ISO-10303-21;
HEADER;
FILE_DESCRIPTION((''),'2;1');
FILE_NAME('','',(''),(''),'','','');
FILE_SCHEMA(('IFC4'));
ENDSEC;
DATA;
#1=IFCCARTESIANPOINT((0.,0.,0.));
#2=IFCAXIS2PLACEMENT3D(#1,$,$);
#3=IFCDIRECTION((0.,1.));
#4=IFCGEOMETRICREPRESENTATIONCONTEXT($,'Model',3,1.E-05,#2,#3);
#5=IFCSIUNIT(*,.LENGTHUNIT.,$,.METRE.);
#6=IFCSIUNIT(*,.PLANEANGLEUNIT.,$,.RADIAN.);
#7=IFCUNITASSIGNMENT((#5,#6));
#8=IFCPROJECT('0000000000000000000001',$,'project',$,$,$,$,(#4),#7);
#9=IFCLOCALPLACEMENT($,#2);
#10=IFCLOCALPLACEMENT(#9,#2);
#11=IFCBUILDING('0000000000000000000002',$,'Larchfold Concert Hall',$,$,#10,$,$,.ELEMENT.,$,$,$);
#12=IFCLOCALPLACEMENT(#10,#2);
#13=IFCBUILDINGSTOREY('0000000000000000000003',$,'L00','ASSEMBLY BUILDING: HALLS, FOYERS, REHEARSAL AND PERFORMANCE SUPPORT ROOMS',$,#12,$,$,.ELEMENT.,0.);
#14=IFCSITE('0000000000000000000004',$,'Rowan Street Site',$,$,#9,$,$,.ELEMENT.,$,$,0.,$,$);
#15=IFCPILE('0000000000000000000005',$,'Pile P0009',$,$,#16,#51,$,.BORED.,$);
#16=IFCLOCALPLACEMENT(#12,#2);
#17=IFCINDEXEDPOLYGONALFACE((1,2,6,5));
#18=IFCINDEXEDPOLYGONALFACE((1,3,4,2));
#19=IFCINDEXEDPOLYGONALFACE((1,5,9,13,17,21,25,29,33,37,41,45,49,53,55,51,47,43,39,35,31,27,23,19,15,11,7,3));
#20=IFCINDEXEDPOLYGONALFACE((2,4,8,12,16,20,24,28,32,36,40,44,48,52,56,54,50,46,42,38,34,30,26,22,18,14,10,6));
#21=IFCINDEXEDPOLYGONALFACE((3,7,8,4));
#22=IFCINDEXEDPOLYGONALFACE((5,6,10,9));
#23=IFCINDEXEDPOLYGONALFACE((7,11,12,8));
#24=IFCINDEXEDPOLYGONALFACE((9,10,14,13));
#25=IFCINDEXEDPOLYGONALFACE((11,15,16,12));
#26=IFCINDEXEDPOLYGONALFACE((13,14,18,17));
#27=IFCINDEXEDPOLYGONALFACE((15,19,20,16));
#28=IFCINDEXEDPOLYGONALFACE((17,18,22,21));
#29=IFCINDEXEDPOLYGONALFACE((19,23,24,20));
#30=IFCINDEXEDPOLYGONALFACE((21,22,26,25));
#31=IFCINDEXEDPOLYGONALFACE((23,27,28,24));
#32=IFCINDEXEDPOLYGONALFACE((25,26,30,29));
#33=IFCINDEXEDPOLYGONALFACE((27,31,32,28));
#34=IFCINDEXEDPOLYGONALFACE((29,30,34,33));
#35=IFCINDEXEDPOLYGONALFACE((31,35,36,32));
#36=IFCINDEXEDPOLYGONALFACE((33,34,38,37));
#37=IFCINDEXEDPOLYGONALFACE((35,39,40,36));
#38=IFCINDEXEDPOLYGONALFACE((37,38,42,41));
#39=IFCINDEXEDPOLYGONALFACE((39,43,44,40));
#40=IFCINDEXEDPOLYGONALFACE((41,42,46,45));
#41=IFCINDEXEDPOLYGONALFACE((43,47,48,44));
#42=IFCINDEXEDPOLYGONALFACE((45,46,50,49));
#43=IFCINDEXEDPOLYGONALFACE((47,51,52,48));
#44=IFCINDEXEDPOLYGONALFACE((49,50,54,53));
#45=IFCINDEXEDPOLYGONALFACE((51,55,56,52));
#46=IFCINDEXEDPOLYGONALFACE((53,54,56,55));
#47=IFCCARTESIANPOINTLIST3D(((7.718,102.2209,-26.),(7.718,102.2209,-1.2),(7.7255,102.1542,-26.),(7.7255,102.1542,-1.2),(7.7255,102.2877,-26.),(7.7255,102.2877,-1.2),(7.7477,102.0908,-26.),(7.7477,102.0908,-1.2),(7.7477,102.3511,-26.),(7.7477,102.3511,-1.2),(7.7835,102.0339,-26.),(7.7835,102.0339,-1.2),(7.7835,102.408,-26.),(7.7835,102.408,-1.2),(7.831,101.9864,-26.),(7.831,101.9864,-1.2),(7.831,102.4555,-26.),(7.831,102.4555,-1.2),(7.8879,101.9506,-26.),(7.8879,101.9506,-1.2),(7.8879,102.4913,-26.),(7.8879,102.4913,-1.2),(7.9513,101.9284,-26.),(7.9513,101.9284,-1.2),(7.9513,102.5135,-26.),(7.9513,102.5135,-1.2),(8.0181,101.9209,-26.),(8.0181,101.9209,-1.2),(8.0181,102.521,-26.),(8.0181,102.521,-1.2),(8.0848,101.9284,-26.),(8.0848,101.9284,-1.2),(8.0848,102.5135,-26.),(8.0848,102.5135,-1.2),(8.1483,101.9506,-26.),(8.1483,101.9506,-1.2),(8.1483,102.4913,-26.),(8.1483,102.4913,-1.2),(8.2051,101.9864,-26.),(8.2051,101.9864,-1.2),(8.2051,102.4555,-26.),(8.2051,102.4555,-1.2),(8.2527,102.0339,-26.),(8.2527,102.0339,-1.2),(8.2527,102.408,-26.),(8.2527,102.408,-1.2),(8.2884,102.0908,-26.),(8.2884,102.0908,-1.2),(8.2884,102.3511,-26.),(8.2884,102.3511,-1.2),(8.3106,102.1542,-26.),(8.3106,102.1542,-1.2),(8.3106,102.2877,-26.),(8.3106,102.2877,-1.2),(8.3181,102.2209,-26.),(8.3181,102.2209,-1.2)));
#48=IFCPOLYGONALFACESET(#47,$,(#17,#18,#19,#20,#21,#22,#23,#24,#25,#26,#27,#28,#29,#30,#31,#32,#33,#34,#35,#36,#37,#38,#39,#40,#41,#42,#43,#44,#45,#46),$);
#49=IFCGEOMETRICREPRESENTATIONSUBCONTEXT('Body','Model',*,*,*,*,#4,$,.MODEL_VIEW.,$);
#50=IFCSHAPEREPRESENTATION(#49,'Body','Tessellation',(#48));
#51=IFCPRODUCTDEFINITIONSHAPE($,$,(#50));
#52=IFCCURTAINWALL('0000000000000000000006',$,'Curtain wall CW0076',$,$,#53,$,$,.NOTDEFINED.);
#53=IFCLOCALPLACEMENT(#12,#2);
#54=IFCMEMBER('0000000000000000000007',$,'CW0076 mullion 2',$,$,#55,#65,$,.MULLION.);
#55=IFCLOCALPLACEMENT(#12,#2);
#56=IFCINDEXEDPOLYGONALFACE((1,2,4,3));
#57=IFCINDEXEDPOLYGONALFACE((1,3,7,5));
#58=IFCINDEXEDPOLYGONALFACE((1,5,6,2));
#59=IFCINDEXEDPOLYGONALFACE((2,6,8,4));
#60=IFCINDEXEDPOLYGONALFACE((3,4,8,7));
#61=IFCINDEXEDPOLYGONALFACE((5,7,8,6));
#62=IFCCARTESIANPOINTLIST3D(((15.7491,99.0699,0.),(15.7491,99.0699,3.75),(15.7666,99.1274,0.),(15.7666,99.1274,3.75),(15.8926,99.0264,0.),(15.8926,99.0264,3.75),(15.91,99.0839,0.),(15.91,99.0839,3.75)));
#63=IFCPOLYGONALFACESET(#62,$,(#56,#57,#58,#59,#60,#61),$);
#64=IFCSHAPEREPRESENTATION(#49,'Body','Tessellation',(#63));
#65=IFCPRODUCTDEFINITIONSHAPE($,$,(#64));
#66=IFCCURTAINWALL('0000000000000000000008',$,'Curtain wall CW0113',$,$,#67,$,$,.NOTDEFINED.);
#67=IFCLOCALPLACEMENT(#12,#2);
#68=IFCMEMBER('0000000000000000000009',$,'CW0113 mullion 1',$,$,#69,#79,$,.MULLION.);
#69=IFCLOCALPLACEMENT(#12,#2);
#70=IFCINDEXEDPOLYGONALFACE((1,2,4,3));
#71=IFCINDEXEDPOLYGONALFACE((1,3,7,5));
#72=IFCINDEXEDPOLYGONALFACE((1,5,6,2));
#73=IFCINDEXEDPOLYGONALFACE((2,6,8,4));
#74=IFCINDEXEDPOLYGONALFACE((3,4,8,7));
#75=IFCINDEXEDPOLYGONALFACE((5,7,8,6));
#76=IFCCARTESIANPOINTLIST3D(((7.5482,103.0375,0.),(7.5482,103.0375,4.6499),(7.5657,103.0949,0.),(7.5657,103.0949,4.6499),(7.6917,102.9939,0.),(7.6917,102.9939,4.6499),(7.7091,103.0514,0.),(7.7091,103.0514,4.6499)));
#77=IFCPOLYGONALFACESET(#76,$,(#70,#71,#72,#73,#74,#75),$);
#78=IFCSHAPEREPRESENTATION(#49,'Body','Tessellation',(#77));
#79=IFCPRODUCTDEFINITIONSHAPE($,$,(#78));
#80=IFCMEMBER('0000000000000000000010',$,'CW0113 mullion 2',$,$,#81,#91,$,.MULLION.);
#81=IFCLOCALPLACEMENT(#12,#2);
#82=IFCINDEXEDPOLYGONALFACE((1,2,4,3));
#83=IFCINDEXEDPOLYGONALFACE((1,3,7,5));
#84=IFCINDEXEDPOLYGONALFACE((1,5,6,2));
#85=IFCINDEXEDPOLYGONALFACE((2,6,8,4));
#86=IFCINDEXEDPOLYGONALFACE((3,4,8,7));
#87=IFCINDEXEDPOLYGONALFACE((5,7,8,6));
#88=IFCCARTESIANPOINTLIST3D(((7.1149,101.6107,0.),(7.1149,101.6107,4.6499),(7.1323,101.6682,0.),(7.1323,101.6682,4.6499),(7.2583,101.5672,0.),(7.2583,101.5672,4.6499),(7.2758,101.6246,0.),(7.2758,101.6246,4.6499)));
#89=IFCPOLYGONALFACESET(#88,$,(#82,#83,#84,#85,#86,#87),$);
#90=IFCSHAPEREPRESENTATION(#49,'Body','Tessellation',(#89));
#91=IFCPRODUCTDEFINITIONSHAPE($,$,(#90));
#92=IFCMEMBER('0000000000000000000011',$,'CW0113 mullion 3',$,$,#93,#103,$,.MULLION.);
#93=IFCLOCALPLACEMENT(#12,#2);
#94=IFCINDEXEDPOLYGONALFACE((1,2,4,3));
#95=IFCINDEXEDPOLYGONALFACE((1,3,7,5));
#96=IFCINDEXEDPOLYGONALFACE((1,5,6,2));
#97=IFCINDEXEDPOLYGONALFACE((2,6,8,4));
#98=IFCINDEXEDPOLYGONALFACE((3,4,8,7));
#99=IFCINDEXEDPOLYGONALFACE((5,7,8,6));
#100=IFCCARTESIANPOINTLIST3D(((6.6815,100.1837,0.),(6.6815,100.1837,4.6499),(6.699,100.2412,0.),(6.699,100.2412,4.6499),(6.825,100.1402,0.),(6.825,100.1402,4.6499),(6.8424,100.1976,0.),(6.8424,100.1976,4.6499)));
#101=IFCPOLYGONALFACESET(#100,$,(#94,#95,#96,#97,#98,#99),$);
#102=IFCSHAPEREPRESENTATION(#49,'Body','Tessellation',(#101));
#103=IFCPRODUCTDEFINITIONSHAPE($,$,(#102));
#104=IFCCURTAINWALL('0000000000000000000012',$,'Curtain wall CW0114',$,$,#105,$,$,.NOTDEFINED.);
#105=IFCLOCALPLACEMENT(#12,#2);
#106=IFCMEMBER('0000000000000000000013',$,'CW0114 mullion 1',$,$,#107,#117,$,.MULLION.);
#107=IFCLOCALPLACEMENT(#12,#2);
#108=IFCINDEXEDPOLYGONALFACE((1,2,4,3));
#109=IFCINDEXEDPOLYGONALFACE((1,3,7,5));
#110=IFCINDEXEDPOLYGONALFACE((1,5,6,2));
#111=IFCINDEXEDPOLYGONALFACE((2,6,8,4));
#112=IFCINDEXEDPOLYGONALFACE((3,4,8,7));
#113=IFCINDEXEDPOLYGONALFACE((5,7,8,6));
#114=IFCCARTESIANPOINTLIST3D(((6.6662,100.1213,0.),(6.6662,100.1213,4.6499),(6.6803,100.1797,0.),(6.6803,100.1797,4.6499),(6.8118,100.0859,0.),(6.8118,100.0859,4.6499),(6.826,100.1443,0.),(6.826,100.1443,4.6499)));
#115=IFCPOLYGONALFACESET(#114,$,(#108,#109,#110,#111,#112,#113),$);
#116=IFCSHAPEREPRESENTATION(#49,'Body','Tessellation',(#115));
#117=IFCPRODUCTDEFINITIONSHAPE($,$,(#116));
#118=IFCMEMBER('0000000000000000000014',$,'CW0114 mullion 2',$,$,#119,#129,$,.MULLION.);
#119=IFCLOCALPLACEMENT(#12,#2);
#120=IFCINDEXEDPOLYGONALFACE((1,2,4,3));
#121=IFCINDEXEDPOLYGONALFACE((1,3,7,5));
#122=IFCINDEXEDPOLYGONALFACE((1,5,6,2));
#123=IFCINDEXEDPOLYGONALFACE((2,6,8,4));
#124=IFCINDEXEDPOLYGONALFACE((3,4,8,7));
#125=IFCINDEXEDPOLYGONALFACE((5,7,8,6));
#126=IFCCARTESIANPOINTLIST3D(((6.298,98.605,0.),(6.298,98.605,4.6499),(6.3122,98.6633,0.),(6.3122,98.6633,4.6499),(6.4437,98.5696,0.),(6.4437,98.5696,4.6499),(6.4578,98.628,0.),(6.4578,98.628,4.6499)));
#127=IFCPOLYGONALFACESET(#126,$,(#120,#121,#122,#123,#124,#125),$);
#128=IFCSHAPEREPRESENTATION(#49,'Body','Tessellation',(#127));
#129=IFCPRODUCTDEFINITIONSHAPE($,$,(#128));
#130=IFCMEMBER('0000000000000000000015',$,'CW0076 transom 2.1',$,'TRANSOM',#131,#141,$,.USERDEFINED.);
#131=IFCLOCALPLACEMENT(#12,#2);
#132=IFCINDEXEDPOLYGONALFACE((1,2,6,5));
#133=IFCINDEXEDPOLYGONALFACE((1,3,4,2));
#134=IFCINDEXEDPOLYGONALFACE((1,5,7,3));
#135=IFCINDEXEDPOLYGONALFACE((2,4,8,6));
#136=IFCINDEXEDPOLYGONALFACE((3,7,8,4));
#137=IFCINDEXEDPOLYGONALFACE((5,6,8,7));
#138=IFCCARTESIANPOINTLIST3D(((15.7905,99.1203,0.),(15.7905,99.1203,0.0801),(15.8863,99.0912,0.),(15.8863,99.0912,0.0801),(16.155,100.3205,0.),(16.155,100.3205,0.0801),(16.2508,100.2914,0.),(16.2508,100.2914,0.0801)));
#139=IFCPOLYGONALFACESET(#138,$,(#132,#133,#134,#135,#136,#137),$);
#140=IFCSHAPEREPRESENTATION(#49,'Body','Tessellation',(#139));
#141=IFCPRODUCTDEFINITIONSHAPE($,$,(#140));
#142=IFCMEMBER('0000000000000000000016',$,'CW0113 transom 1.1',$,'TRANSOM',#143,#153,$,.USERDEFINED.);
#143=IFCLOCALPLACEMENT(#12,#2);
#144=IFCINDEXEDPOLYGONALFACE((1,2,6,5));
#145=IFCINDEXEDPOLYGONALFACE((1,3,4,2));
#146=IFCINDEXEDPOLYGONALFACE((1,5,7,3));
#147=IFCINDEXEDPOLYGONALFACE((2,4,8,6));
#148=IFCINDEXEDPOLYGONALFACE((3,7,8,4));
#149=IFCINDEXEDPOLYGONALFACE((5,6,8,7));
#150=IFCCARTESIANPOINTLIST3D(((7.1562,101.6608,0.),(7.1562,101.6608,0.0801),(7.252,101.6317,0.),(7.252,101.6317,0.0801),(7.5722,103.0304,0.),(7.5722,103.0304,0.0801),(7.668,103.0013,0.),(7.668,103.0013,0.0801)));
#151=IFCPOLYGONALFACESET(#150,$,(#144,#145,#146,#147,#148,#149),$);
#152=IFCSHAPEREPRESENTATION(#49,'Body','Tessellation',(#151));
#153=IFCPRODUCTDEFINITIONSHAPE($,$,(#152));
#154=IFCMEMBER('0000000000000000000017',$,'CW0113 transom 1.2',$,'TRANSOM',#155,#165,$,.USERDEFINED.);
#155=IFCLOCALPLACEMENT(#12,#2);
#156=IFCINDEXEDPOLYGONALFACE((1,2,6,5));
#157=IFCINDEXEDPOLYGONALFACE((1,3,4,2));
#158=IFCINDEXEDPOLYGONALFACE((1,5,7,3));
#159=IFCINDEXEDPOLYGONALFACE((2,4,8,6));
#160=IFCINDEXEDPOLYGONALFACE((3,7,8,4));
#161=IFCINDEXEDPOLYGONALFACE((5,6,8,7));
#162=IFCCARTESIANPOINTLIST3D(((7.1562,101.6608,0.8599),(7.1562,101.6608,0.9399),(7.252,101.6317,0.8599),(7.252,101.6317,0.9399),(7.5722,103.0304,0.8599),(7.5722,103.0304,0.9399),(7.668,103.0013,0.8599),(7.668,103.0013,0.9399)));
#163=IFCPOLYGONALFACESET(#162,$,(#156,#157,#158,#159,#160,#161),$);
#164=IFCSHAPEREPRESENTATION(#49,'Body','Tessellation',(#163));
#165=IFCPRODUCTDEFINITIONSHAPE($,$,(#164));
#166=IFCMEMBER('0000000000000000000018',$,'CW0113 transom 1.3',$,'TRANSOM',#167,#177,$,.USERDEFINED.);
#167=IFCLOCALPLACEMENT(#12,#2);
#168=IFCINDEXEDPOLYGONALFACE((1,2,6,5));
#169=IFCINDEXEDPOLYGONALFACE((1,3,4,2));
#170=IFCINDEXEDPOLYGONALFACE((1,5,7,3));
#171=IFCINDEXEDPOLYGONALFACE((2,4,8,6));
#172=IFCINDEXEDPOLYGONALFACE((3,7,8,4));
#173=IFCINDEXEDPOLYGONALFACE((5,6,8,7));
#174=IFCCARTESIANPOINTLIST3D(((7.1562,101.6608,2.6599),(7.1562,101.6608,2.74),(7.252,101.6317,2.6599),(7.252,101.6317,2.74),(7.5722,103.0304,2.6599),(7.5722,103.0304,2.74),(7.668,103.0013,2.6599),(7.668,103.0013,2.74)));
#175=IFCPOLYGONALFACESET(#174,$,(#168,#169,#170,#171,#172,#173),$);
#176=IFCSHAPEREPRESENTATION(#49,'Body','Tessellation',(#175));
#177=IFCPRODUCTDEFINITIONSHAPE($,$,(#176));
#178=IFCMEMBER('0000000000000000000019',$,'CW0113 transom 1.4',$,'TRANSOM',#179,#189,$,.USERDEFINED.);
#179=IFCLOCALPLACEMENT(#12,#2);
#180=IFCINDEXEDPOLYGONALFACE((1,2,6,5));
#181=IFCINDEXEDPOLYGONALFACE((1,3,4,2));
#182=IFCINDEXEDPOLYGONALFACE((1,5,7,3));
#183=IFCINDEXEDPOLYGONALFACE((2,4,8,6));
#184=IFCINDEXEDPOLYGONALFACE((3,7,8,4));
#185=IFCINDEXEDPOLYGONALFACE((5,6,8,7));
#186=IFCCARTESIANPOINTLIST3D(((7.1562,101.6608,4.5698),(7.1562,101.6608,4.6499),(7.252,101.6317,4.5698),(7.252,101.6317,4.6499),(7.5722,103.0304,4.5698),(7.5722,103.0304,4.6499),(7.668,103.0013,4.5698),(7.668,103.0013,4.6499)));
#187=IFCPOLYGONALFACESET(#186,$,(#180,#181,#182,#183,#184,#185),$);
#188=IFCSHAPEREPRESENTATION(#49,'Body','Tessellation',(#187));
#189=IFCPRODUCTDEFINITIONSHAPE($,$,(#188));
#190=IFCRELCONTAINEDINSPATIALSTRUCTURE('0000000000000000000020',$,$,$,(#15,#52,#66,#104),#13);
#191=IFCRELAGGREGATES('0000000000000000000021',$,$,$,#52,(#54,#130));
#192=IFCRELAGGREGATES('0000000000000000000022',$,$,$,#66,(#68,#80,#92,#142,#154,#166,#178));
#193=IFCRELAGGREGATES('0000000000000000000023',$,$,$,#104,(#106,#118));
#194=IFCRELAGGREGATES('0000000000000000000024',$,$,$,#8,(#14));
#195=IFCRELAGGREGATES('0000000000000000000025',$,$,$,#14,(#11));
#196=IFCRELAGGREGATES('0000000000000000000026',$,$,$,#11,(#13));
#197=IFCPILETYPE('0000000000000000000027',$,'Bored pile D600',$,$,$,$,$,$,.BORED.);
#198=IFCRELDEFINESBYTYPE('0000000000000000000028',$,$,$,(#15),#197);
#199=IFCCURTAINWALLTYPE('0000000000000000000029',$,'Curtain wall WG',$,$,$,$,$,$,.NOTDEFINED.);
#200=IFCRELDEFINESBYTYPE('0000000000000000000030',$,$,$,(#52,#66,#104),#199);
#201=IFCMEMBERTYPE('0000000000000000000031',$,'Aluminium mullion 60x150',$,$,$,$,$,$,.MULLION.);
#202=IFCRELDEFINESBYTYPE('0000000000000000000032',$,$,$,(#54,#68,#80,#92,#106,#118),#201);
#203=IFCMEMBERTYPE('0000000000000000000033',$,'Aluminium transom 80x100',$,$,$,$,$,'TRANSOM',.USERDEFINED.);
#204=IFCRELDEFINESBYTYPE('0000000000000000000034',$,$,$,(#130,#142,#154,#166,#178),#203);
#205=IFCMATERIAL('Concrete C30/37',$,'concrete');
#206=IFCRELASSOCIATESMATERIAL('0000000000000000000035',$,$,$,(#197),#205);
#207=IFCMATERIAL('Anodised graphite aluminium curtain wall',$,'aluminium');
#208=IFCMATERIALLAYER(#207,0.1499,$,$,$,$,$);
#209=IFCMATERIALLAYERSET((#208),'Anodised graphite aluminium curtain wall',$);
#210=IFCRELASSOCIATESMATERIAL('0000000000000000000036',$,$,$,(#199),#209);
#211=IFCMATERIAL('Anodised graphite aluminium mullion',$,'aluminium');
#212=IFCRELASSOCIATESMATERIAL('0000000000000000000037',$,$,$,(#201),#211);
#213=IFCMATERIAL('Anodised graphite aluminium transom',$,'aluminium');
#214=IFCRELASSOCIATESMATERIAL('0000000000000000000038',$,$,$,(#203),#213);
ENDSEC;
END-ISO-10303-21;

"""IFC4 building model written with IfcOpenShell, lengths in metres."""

from ifc_helpers import new_model, si_unit, direction, frame, origin, origin_2d, place, context, subcontext, project, spatial, rectangle, circle, extrude, material, layer, layer_set, material_profile, profile_set, type_object, element, aggregate, save


model = new_model("IFC4")

# Units and contexts
model_context = context("Model", 3, precision=1e-05, world=origin(), true_north=direction((0.0, 1.0)))
body_context = subcontext(model_context, "Body", "Model", "MODEL_VIEW")
ifc_project = project(units=[si_unit("LENGTHUNIT", "METRE"), si_unit("PLANEANGLEUNIT", "RADIAN")], contexts=[model_context])

# Site, building, storey
site_placement = place(None, origin())
site = spatial("IfcSite", under=ifc_project, at=site_placement, Name="Rowan Street Site", CompositionType="ELEMENT", RefElevation=0.0)
building_placement = place(site_placement, origin())
building = spatial("IfcBuilding", under=site, at=building_placement, Name="Larchfold Concert Hall", CompositionType="ELEMENT")
storey_placement = place(building_placement, origin())
storey = spatial("IfcBuildingStorey", under=building, at=storey_placement, Name="L00", Description="ASSEMBLY BUILDING: HALLS, FOYERS, REHEARSAL AND PERFORMANCE SUPPORT ROOMS", CompositionType="ELEMENT", Elevation=0.0)

# Pile
ifc_material_1 = material(Name="Concrete C30/37", Category="concrete")
ifc_material_profile_1 = material_profile(ifc_material_1, circle(Radius=0.3, at=origin_2d()))
ifc_profile_set_1 = profile_set([ifc_material_profile_1], Name="Concrete C30/37")
pile_type = type_object("IfcPileType", Name="Bored pile D600", PredefinedType="BORED", material=ifc_profile_set_1)
pile_placement = place(storey_placement, frame((8.0181, 102.2209, -1.2), z_axis=(0.0, 0.0, -1.0), x_axis=(1.0, 0.0, 0.0)))
element("IfcPile", 1, at=pile_placement, inside=storey, type_object=pile_type, Name="Pile P0009", PredefinedType="BORED", context=body_context, shape_type="SweptSolid", body=[
    extrude(circle(Radius=0.3, at=origin_2d()), origin(), (0.0, 0.0, 1.0), 24.8),
])

# Curtain wall, member
ifc_material_2 = material(Name="Anodised graphite aluminium curtain wall", Category="aluminium")
ifc_layer_1 = layer(ifc_material_2, 0.1499)
ifc_layer_set_1 = layer_set([ifc_layer_1], Name="Anodised graphite aluminium curtain wall")
curtain_wall_type = type_object("IfcCurtainWallType", Name="Curtain wall WG", PredefinedType="NOTDEFINED", material=ifc_layer_set_1)
curtain_wall_1_placement = place(storey_placement, origin())
curtain_wall_1 = element("IfcCurtainWall", 2, at=curtain_wall_1_placement, inside=storey, type_object=curtain_wall_type, Name="Curtain wall CW0076", PredefinedType="NOTDEFINED")
ifc_material_3 = material(Name="Anodised graphite aluminium mullion", Category="aluminium")
ifc_material_profile_2 = material_profile(ifc_material_3, rectangle(XDim=0.1499, YDim=0.0601, at=origin_2d()))
ifc_profile_set_2 = profile_set([ifc_material_profile_2], Name="Anodised graphite aluminium mullion")
member_type_1 = type_object("IfcMemberType", Name="Aluminium mullion 60x150", PredefinedType="MULLION", material=ifc_profile_set_2)
member_1_placement = place(storey_placement, frame((15.8296, 99.0769, 0.0), z_axis=(0.0, 0.0, 1.0), x_axis=(-0.956856, 0.290562, 0.0)))
member_1 = element("IfcMember", 3, at=member_1_placement, type_object=member_type_1, Name="CW0076 mullion 2", PredefinedType="MULLION", context=body_context, shape_type="SweptSolid", body=[
    extrude(rectangle(XDim=0.1499, YDim=0.0601, at=origin_2d()), origin(), (0.0, 0.0, 1.0), 3.75),
])

# Curtain walls, members
curtain_wall_2_placement = place(storey_placement, origin())
curtain_wall_2 = element("IfcCurtainWall", 4, at=curtain_wall_2_placement, inside=storey, type_object=curtain_wall_type, Name="Curtain wall CW0113", PredefinedType="NOTDEFINED")
member_2_placement = place(storey_placement, frame((7.6287, 103.0444, 0.0), z_axis=(0.0, 0.0, 1.0), x_axis=(0.956838, -0.290622, 0.0)))
member_2 = element("IfcMember", 5, at=member_2_placement, type_object=member_type_1, Name="CW0113 mullion 1", PredefinedType="MULLION", context=body_context, shape_type="SweptSolid", body=[
    extrude(rectangle(XDim=0.1499, YDim=0.0601, at=origin_2d()), origin(), (0.0, 0.0, 1.0), 4.6499),
])
member_3_placement = place(storey_placement, frame((7.1953, 101.6177, 0.0), z_axis=(0.0, 0.0, 1.0), x_axis=(0.956838, -0.290622, 0.0)))
member_3 = element("IfcMember", 6, at=member_3_placement, type_object=member_type_1, Name="CW0113 mullion 2", PredefinedType="MULLION", context=body_context, shape_type="SweptSolid", body=[
    extrude(rectangle(XDim=0.1499, YDim=0.0601, at=origin_2d()), origin(), (0.0, 0.0, 1.0), 4.6499),
])
member_4_placement = place(storey_placement, frame((6.762, 100.1907, 0.0), z_axis=(0.0, 0.0, 1.0), x_axis=(0.956838, -0.290622, 0.0)))
member_4 = element("IfcMember", 7, at=member_4_placement, type_object=member_type_1, Name="CW0113 mullion 3", PredefinedType="MULLION", context=body_context, shape_type="SweptSolid", body=[
    extrude(rectangle(XDim=0.1499, YDim=0.0601, at=origin_2d()), origin(), (0.0, 0.0, 1.0), 4.6499),
])
curtain_wall_3_placement = place(storey_placement, origin())
curtain_wall_3 = element("IfcCurtainWall", 8, at=curtain_wall_3_placement, inside=storey, type_object=curtain_wall_type, Name="Curtain wall CW0114", PredefinedType="NOTDEFINED")
member_5_placement = place(storey_placement, frame((6.7461, 100.1328, 0.0), z_axis=(0.0, 0.0, 1.0), x_axis=(0.971768, -0.235938, 0.0)))
member_5 = element("IfcMember", 9, at=member_5_placement, type_object=member_type_1, Name="CW0114 mullion 1", PredefinedType="MULLION", context=body_context, shape_type="SweptSolid", body=[
    extrude(rectangle(XDim=0.1499, YDim=0.0601, at=origin_2d()), origin(), (0.0, 0.0, 1.0), 4.6499),
])
member_6_placement = place(storey_placement, frame((6.3779, 98.6165, 0.0), z_axis=(0.0, 0.0, 1.0), x_axis=(0.971768, -0.235938, 0.0)))
member_6 = element("IfcMember", 10, at=member_6_placement, type_object=member_type_1, Name="CW0114 mullion 2", PredefinedType="MULLION", context=body_context, shape_type="SweptSolid", body=[
    extrude(rectangle(XDim=0.1499, YDim=0.0601, at=origin_2d()), origin(), (0.0, 0.0, 1.0), 4.6499),
])

# Members
ifc_material_4 = material(Name="Anodised graphite aluminium transom", Category="aluminium")
ifc_material_profile_3 = material_profile(ifc_material_4, rectangle(XDim=0.1001, YDim=0.0801, at=origin_2d()))
ifc_profile_set_3 = profile_set([ifc_material_profile_3], Name="Anodised graphite aluminium transom")
member_type_2 = type_object("IfcMemberType", Name="Aluminium transom 80x100", ElementType="TRANSOM", PredefinedType="USERDEFINED", material=ifc_profile_set_3)
member_7_placement = place(storey_placement, frame((15.8384, 99.1057, 0.04), z_axis=(0.290596, 0.956846, 0.0), x_axis=(-0.956846, 0.290596, 0.0)))
member_7 = element("IfcMember", 11, at=member_7_placement, type_object=member_type_2, Name="CW0076 transom 2.1", ObjectType="TRANSOM", PredefinedType="USERDEFINED", context=body_context, shape_type="SweptSolid", body=[
    extrude(rectangle(XDim=0.1001, YDim=0.0801, at=origin_2d()), origin(), (0.0, 0.0, 1.0), 1.2544),
])
aggregate(curtain_wall_1, [member_1, member_7])
member_8_placement = place(storey_placement, frame((7.6201, 103.0159, 0.04), z_axis=(-0.290632, -0.956835, 0.0), x_axis=(0.956835, -0.290632, 0.0)))
member_8 = element("IfcMember", 12, at=member_8_placement, type_object=member_type_2, Name="CW0113 transom 1.1", ObjectType="TRANSOM", PredefinedType="USERDEFINED", context=body_context, shape_type="SweptSolid", body=[
    extrude(rectangle(XDim=0.1001, YDim=0.0801, at=origin_2d()), origin(), (0.0, 0.0, 1.0), 1.4314),
])
member_9_placement = place(storey_placement, frame((7.6201, 103.0159, 0.8999), z_axis=(-0.290632, -0.956835, 0.0), x_axis=(0.956835, -0.290632, 0.0)))
member_9 = element("IfcMember", 13, at=member_9_placement, type_object=member_type_2, Name="CW0113 transom 1.2", ObjectType="TRANSOM", PredefinedType="USERDEFINED", context=body_context, shape_type="SweptSolid", body=[
    extrude(rectangle(XDim=0.1001, YDim=0.0801, at=origin_2d()), origin(), (0.0, 0.0, 1.0), 1.4314),
])
member_10_placement = place(storey_placement, frame((7.6201, 103.0159, 2.7), z_axis=(-0.290632, -0.956835, 0.0), x_axis=(0.956835, -0.290632, 0.0)))
member_10 = element("IfcMember", 14, at=member_10_placement, type_object=member_type_2, Name="CW0113 transom 1.3", ObjectType="TRANSOM", PredefinedType="USERDEFINED", context=body_context, shape_type="SweptSolid", body=[
    extrude(rectangle(XDim=0.1001, YDim=0.0801, at=origin_2d()), origin(), (0.0, 0.0, 1.0), 1.4314),
])
member_11_placement = place(storey_placement, frame((7.6201, 103.0159, 4.6099), z_axis=(-0.290632, -0.956835, 0.0), x_axis=(0.956835, -0.290632, 0.0)))
member_11 = element("IfcMember", 15, at=member_11_placement, type_object=member_type_2, Name="CW0113 transom 1.4", ObjectType="TRANSOM", PredefinedType="USERDEFINED", context=body_context, shape_type="SweptSolid", body=[
    extrude(rectangle(XDim=0.1001, YDim=0.0801, at=origin_2d()), origin(), (0.0, 0.0, 1.0), 1.4314),
])

aggregate(curtain_wall_2, [member_2, member_3, member_4, member_8, member_9, member_10, member_11])
aggregate(curtain_wall_3, [member_5, member_6])

save(model, "model.ifc")
